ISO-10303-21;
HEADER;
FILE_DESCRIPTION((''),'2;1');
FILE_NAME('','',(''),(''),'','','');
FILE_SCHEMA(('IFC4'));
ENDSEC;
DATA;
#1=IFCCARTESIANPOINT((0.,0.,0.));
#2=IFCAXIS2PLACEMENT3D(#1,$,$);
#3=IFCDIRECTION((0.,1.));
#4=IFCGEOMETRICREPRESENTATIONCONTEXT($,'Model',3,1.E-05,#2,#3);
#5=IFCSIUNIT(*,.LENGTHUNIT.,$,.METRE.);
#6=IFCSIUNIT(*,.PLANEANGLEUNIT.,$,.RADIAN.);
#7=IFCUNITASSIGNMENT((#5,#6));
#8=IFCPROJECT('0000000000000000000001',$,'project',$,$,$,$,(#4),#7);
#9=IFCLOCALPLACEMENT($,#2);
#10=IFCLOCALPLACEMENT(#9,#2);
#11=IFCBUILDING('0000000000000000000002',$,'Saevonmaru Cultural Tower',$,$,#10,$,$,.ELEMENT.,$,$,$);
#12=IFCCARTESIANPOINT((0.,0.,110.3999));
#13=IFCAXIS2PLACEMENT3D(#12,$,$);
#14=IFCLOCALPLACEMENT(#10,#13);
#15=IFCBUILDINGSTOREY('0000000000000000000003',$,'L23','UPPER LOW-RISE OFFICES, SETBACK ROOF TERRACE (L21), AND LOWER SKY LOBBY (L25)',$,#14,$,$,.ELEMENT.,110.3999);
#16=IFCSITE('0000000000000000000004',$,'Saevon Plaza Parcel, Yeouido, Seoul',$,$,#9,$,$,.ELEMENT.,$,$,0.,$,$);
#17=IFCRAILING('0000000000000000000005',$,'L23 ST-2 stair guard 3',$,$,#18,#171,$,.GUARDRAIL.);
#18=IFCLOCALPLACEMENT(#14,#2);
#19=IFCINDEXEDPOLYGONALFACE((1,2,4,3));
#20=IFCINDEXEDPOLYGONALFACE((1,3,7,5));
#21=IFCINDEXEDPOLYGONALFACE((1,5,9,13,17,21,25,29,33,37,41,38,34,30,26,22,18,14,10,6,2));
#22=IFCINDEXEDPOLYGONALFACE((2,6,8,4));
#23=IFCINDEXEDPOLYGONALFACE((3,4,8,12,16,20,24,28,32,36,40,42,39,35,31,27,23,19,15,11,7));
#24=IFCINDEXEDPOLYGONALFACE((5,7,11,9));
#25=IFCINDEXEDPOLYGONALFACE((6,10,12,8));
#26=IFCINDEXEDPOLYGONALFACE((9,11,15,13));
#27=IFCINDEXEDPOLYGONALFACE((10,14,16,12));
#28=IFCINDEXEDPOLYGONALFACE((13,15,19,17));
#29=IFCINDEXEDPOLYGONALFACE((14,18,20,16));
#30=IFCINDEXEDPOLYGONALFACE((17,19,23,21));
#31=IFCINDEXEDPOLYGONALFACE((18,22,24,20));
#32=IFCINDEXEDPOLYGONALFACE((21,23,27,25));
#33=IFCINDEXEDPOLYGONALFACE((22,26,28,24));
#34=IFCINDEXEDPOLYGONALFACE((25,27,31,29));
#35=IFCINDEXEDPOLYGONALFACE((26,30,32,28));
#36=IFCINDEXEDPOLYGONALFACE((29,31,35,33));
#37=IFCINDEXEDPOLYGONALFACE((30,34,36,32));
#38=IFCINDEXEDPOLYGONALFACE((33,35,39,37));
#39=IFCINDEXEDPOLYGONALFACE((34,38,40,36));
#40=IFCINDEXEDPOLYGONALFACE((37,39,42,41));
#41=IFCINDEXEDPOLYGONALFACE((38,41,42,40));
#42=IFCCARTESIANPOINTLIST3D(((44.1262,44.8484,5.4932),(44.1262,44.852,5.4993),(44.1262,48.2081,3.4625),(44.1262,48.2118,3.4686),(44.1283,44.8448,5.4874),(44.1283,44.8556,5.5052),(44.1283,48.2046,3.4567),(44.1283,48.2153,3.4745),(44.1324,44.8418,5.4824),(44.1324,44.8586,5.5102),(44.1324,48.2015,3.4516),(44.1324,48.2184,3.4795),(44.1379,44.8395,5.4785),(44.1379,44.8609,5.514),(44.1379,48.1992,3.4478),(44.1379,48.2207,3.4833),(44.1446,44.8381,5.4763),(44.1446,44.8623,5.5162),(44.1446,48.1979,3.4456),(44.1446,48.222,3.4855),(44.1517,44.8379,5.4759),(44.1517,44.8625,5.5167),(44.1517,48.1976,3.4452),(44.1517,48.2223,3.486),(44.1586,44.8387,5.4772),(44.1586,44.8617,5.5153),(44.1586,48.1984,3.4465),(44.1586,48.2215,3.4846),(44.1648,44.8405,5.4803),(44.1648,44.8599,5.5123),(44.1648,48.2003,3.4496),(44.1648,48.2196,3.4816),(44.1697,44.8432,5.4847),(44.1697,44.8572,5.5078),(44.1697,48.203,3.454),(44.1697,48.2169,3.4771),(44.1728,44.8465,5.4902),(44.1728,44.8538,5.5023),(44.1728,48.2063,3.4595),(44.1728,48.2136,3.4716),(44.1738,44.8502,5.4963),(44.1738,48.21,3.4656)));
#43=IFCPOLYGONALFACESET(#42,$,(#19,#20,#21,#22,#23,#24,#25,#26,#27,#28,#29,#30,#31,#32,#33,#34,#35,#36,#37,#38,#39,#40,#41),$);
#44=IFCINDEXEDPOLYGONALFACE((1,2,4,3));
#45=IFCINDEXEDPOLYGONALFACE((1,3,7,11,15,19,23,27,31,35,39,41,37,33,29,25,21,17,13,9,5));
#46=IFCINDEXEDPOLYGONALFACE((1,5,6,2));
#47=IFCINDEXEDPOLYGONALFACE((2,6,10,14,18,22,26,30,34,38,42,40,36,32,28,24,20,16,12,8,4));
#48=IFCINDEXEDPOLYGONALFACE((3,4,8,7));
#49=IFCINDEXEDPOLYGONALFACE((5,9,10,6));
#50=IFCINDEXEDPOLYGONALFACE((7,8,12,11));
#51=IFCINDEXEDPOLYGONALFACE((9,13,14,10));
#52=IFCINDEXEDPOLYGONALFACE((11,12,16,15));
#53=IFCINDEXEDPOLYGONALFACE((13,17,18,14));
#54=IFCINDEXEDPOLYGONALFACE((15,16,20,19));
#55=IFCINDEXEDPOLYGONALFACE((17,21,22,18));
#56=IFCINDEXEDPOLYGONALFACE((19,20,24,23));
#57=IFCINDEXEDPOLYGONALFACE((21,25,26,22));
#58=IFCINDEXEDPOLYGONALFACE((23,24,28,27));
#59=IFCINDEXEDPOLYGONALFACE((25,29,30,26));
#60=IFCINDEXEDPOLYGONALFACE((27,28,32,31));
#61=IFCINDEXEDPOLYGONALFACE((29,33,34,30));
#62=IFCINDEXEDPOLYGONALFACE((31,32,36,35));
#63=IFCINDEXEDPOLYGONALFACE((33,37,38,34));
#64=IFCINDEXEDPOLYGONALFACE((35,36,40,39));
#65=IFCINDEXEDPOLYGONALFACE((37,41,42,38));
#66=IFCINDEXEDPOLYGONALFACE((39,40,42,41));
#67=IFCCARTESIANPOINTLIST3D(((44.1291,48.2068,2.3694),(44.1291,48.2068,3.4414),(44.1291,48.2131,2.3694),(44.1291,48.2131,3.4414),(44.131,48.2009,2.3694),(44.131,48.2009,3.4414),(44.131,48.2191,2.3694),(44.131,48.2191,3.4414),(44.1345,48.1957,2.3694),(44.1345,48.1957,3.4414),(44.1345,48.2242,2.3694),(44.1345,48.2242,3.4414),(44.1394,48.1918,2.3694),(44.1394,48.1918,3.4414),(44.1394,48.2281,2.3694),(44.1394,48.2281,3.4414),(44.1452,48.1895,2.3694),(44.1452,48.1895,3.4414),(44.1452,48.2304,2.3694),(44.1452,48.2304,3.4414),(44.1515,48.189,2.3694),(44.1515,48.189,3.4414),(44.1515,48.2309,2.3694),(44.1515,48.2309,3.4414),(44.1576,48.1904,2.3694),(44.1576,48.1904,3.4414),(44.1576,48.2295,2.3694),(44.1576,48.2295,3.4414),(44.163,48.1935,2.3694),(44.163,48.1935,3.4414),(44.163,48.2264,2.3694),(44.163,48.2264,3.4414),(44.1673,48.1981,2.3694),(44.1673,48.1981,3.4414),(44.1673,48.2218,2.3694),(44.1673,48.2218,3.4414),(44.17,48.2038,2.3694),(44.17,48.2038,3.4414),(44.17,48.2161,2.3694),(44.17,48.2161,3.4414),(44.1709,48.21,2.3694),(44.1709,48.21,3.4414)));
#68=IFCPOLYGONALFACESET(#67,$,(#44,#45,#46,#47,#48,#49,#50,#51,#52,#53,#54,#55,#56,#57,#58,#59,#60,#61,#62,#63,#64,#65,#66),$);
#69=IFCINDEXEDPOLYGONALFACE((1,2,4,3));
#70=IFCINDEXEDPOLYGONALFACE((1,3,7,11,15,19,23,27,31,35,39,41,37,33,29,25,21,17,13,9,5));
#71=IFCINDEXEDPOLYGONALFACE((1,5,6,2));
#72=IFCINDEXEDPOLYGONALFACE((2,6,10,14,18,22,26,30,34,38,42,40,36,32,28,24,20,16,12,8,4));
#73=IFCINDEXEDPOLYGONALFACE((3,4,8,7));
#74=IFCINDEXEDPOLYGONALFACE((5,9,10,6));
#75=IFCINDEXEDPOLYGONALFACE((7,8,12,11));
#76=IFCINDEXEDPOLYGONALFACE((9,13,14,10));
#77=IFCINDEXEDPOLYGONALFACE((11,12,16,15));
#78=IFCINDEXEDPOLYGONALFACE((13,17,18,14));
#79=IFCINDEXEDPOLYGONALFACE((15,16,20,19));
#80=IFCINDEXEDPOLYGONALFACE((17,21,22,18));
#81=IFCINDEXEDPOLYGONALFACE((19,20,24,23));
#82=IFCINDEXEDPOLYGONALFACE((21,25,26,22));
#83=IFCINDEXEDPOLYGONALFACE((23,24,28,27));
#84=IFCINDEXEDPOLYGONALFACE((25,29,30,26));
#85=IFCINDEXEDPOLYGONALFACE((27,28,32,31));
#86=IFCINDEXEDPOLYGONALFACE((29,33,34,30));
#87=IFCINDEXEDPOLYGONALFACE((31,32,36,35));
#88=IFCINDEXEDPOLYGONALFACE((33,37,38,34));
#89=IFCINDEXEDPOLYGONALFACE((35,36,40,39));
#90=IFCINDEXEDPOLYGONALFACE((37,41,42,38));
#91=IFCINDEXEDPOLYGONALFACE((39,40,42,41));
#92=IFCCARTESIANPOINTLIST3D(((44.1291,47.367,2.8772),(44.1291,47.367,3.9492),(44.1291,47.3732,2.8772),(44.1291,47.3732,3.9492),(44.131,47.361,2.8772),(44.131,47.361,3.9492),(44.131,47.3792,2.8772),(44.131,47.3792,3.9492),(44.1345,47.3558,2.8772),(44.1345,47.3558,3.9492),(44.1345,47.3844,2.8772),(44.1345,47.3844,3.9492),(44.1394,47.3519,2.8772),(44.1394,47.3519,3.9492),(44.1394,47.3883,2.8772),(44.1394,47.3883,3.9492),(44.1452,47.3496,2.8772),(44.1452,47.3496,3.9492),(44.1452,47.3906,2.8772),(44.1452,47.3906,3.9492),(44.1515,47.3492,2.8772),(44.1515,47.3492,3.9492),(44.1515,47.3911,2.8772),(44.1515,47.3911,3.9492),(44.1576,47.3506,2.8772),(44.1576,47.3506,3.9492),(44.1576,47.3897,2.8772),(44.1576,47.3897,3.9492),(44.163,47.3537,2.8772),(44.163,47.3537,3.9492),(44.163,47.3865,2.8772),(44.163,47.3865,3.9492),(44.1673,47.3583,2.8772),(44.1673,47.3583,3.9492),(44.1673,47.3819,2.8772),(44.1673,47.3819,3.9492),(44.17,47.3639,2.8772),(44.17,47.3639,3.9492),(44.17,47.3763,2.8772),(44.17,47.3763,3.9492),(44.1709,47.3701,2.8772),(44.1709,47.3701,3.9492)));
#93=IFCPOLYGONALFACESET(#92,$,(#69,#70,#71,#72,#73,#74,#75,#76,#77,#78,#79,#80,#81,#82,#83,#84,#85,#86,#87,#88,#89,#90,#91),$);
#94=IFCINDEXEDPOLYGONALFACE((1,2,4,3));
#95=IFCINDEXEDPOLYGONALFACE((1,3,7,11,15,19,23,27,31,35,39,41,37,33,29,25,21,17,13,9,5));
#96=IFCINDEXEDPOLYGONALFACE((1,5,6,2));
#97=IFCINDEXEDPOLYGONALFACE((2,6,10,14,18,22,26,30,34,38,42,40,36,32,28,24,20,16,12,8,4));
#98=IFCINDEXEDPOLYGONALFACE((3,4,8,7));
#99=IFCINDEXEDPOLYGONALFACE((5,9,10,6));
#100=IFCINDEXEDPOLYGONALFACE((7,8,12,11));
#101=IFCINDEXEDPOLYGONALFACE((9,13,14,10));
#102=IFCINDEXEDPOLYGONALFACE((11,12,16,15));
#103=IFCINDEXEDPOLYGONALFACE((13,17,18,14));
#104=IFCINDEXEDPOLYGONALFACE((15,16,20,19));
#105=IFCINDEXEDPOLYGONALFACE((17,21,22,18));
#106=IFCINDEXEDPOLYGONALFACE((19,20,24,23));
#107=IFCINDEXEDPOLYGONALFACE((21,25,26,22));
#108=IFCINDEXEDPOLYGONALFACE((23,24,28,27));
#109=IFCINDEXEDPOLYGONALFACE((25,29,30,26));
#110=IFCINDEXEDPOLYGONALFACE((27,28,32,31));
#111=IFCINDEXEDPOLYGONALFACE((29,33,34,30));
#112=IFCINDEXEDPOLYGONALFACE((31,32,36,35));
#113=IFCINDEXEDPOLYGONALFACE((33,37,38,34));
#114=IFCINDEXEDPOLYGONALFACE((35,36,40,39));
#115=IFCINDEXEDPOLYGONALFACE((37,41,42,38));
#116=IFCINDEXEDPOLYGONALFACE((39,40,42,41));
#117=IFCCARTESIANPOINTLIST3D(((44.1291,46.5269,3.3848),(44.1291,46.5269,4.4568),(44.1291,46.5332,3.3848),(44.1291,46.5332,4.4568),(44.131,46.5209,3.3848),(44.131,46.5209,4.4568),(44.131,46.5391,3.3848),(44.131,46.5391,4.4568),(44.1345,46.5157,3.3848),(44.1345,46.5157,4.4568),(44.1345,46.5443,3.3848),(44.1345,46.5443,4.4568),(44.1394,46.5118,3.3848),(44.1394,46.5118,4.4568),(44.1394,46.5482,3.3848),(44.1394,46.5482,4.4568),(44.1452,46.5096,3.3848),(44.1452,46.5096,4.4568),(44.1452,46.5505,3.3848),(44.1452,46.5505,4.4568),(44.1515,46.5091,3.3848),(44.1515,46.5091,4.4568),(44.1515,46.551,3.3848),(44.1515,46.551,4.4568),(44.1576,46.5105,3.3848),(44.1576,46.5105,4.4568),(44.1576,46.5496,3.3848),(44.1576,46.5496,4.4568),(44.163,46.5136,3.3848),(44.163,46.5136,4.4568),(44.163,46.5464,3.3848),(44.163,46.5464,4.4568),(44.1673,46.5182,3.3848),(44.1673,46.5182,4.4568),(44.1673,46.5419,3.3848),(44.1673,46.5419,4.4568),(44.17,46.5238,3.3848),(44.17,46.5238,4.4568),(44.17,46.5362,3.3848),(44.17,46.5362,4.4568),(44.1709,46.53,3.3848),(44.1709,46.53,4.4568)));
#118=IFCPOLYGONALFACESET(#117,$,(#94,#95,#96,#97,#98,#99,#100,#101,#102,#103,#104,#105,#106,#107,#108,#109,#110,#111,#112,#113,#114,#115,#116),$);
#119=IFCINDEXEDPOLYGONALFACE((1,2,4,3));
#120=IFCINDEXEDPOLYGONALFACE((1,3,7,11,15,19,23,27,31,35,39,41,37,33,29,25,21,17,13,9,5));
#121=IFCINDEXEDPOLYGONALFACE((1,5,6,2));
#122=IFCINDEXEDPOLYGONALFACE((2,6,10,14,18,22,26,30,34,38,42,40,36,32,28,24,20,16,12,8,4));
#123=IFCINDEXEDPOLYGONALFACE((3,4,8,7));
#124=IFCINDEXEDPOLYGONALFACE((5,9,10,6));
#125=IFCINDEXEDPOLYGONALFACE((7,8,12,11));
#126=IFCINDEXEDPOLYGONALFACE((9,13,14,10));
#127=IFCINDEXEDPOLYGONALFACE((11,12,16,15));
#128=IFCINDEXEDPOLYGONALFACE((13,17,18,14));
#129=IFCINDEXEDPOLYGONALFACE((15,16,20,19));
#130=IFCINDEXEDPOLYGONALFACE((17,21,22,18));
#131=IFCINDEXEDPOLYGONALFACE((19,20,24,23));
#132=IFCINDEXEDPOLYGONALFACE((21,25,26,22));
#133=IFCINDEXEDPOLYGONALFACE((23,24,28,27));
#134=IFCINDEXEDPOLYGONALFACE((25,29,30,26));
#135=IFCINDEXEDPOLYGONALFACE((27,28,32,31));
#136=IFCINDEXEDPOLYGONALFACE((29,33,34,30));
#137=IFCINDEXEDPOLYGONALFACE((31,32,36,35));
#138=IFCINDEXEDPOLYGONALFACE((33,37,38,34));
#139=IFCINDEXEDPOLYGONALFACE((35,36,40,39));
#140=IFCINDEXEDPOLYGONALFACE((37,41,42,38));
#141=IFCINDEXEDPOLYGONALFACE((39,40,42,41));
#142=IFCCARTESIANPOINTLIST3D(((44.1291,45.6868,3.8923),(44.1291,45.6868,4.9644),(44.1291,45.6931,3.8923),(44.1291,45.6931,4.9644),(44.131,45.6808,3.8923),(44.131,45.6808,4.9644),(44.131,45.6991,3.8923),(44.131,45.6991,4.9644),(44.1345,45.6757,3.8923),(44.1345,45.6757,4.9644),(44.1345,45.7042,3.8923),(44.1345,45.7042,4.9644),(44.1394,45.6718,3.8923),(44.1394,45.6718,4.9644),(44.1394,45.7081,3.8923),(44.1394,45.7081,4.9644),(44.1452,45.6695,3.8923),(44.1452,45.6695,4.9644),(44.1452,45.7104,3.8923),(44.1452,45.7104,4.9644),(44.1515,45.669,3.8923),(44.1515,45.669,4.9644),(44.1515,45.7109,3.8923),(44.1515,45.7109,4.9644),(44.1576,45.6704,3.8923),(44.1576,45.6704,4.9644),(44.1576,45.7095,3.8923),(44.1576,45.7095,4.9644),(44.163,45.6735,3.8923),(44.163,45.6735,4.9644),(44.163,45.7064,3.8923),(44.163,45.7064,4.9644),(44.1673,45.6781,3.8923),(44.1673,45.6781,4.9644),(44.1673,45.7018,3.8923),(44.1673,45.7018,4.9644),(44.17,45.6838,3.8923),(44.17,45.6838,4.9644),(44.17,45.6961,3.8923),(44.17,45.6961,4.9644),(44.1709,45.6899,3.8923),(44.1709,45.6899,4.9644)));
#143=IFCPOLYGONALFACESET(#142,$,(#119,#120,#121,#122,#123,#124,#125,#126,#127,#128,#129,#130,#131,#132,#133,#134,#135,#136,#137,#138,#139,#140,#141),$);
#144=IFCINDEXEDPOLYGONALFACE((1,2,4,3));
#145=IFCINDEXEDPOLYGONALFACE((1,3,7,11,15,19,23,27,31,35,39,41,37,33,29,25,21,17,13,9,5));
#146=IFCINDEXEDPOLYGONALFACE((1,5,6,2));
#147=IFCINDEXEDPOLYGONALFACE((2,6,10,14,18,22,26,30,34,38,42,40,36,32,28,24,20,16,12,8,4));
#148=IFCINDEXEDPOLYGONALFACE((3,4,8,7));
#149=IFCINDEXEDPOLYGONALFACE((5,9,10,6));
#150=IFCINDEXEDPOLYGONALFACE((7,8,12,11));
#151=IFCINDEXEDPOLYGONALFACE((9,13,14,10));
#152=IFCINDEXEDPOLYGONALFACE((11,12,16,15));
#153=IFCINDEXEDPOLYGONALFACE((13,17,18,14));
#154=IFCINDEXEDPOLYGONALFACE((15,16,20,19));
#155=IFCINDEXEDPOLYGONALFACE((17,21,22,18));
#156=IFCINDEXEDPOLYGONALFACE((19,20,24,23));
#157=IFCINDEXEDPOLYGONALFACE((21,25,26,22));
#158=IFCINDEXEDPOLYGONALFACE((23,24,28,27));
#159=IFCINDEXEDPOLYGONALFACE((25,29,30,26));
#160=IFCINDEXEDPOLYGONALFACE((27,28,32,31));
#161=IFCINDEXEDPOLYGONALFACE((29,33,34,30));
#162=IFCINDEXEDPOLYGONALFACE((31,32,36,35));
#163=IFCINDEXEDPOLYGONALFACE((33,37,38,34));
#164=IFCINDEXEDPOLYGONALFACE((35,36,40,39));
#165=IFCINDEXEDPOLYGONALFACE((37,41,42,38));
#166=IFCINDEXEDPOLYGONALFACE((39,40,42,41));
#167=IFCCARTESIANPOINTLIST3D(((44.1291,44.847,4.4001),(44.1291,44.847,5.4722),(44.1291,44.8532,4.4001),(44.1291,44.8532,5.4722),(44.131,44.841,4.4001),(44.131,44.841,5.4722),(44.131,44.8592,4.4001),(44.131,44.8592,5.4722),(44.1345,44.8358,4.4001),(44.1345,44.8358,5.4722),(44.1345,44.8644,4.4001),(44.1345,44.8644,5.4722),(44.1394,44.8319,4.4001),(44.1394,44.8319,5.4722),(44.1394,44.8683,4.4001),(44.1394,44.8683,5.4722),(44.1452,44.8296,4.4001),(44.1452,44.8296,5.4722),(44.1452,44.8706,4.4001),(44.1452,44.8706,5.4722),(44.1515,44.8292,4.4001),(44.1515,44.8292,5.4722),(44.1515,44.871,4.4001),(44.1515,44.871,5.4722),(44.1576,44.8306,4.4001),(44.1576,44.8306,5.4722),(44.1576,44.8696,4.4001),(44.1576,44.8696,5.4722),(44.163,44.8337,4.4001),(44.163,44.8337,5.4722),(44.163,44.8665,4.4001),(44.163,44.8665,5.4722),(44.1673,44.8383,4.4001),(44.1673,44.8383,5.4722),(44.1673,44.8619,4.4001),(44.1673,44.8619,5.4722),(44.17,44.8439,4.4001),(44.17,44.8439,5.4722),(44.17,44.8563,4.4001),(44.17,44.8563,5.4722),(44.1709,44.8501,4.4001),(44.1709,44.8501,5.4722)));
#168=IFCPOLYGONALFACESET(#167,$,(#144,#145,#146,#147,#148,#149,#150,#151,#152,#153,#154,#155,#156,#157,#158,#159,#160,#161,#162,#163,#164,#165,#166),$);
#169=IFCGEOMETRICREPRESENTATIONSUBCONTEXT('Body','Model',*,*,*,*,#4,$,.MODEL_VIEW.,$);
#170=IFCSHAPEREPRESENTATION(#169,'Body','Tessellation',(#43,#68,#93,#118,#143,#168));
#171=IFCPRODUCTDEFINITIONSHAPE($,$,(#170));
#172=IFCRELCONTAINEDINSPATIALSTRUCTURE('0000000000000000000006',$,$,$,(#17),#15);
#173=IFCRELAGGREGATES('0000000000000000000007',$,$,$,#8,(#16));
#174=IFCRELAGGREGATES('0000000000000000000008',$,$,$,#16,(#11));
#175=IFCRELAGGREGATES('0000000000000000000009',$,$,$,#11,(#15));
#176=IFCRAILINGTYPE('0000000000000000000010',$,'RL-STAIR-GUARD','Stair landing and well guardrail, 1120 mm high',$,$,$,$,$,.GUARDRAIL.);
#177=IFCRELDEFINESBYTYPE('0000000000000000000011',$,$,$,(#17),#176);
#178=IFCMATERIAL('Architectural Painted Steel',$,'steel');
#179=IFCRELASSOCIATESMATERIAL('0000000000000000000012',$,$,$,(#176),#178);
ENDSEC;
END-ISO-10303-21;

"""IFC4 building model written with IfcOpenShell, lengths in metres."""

from ifc_helpers import new_model, si_unit, direction, frame, origin, origin_2d, place, context, subcontext, project, spatial, circle, extrude, material, type_object, element, save


model = new_model("IFC4")

# Units and contexts
model_context = context("Model", 3, precision=1e-05, world=origin(), true_north=direction((0.0, 1.0)))
body_context = subcontext(model_context, "Body", "Model", "MODEL_VIEW")
ifc_project = project(units=[si_unit("LENGTHUNIT", "METRE"), si_unit("PLANEANGLEUNIT", "RADIAN")], contexts=[model_context])

# Site, building, storey
site_placement = place(None, origin())
site = spatial("IfcSite", under=ifc_project, at=site_placement, Name="Saevon Plaza Parcel, Yeouido, Seoul", CompositionType="ELEMENT", RefElevation=0.0)
building_placement = place(site_placement, origin())
building = spatial("IfcBuilding", under=site, at=building_placement, Name="Saevonmaru Cultural Tower", CompositionType="ELEMENT")
storey_placement = place(building_placement, frame((0.0, 0.0, 110.3999)))
storey = spatial("IfcBuildingStorey", under=building, at=storey_placement, Name="L23", Description="UPPER LOW-RISE OFFICES, SETBACK ROOF TERRACE (L21), AND LOWER SKY LOBBY (L25)", CompositionType="ELEMENT", Elevation=110.3999)

# Railing
ifc_material_1 = material(Name="Architectural Painted Steel", Category="steel")
railing_type_1 = type_object("IfcRailingType", Name="RL-STAIR-GUARD", Description="Stair landing and well guardrail, 1120 mm high", PredefinedType="GUARDRAIL", material=ifc_material_1)
railing_1_placement = place(storey_placement, frame((44.1499, 48.21, 2.3694)))
element("IfcRailing", 1, at=railing_1_placement, inside=storey, type_object=railing_type_1, Name="L23 ST-2 stair guard 3", PredefinedType="GUARDRAIL", context=body_context, shape_type="SweptSolid", body=[
    extrude(circle(Radius=0.0239, at=origin_2d()), frame((0.0, 0.0, 1.0962), z_axis=(0.0, -0.85582, 0.517273), x_axis=(1.0, 0.0, 0.0)), (0.0, 0.0, 1.0), 3.9258),
    extrude(circle(Radius=0.021, at=origin_2d()), origin(), (0.0, 0.0, 1.0), 1.072),
    extrude(circle(Radius=0.021, at=origin_2d()), frame((0.0, -0.8398, 0.5078)), (0.0, 0.0, 1.0), 1.072),
    extrude(circle(Radius=0.021, at=origin_2d()), frame((0.0, -1.6799, 1.0154)), (0.0, 0.0, 1.0), 1.072),
    extrude(circle(Radius=0.021, at=origin_2d()), frame((0.0, -2.52, 1.5229)), (0.0, 0.0, 1.0), 1.072),
    extrude(circle(Radius=0.021, at=origin_2d()), frame((0.0, -3.3599, 2.0308)), (0.0, 0.0, 1.0), 1.072),
])

save(model, "model.ifc")
